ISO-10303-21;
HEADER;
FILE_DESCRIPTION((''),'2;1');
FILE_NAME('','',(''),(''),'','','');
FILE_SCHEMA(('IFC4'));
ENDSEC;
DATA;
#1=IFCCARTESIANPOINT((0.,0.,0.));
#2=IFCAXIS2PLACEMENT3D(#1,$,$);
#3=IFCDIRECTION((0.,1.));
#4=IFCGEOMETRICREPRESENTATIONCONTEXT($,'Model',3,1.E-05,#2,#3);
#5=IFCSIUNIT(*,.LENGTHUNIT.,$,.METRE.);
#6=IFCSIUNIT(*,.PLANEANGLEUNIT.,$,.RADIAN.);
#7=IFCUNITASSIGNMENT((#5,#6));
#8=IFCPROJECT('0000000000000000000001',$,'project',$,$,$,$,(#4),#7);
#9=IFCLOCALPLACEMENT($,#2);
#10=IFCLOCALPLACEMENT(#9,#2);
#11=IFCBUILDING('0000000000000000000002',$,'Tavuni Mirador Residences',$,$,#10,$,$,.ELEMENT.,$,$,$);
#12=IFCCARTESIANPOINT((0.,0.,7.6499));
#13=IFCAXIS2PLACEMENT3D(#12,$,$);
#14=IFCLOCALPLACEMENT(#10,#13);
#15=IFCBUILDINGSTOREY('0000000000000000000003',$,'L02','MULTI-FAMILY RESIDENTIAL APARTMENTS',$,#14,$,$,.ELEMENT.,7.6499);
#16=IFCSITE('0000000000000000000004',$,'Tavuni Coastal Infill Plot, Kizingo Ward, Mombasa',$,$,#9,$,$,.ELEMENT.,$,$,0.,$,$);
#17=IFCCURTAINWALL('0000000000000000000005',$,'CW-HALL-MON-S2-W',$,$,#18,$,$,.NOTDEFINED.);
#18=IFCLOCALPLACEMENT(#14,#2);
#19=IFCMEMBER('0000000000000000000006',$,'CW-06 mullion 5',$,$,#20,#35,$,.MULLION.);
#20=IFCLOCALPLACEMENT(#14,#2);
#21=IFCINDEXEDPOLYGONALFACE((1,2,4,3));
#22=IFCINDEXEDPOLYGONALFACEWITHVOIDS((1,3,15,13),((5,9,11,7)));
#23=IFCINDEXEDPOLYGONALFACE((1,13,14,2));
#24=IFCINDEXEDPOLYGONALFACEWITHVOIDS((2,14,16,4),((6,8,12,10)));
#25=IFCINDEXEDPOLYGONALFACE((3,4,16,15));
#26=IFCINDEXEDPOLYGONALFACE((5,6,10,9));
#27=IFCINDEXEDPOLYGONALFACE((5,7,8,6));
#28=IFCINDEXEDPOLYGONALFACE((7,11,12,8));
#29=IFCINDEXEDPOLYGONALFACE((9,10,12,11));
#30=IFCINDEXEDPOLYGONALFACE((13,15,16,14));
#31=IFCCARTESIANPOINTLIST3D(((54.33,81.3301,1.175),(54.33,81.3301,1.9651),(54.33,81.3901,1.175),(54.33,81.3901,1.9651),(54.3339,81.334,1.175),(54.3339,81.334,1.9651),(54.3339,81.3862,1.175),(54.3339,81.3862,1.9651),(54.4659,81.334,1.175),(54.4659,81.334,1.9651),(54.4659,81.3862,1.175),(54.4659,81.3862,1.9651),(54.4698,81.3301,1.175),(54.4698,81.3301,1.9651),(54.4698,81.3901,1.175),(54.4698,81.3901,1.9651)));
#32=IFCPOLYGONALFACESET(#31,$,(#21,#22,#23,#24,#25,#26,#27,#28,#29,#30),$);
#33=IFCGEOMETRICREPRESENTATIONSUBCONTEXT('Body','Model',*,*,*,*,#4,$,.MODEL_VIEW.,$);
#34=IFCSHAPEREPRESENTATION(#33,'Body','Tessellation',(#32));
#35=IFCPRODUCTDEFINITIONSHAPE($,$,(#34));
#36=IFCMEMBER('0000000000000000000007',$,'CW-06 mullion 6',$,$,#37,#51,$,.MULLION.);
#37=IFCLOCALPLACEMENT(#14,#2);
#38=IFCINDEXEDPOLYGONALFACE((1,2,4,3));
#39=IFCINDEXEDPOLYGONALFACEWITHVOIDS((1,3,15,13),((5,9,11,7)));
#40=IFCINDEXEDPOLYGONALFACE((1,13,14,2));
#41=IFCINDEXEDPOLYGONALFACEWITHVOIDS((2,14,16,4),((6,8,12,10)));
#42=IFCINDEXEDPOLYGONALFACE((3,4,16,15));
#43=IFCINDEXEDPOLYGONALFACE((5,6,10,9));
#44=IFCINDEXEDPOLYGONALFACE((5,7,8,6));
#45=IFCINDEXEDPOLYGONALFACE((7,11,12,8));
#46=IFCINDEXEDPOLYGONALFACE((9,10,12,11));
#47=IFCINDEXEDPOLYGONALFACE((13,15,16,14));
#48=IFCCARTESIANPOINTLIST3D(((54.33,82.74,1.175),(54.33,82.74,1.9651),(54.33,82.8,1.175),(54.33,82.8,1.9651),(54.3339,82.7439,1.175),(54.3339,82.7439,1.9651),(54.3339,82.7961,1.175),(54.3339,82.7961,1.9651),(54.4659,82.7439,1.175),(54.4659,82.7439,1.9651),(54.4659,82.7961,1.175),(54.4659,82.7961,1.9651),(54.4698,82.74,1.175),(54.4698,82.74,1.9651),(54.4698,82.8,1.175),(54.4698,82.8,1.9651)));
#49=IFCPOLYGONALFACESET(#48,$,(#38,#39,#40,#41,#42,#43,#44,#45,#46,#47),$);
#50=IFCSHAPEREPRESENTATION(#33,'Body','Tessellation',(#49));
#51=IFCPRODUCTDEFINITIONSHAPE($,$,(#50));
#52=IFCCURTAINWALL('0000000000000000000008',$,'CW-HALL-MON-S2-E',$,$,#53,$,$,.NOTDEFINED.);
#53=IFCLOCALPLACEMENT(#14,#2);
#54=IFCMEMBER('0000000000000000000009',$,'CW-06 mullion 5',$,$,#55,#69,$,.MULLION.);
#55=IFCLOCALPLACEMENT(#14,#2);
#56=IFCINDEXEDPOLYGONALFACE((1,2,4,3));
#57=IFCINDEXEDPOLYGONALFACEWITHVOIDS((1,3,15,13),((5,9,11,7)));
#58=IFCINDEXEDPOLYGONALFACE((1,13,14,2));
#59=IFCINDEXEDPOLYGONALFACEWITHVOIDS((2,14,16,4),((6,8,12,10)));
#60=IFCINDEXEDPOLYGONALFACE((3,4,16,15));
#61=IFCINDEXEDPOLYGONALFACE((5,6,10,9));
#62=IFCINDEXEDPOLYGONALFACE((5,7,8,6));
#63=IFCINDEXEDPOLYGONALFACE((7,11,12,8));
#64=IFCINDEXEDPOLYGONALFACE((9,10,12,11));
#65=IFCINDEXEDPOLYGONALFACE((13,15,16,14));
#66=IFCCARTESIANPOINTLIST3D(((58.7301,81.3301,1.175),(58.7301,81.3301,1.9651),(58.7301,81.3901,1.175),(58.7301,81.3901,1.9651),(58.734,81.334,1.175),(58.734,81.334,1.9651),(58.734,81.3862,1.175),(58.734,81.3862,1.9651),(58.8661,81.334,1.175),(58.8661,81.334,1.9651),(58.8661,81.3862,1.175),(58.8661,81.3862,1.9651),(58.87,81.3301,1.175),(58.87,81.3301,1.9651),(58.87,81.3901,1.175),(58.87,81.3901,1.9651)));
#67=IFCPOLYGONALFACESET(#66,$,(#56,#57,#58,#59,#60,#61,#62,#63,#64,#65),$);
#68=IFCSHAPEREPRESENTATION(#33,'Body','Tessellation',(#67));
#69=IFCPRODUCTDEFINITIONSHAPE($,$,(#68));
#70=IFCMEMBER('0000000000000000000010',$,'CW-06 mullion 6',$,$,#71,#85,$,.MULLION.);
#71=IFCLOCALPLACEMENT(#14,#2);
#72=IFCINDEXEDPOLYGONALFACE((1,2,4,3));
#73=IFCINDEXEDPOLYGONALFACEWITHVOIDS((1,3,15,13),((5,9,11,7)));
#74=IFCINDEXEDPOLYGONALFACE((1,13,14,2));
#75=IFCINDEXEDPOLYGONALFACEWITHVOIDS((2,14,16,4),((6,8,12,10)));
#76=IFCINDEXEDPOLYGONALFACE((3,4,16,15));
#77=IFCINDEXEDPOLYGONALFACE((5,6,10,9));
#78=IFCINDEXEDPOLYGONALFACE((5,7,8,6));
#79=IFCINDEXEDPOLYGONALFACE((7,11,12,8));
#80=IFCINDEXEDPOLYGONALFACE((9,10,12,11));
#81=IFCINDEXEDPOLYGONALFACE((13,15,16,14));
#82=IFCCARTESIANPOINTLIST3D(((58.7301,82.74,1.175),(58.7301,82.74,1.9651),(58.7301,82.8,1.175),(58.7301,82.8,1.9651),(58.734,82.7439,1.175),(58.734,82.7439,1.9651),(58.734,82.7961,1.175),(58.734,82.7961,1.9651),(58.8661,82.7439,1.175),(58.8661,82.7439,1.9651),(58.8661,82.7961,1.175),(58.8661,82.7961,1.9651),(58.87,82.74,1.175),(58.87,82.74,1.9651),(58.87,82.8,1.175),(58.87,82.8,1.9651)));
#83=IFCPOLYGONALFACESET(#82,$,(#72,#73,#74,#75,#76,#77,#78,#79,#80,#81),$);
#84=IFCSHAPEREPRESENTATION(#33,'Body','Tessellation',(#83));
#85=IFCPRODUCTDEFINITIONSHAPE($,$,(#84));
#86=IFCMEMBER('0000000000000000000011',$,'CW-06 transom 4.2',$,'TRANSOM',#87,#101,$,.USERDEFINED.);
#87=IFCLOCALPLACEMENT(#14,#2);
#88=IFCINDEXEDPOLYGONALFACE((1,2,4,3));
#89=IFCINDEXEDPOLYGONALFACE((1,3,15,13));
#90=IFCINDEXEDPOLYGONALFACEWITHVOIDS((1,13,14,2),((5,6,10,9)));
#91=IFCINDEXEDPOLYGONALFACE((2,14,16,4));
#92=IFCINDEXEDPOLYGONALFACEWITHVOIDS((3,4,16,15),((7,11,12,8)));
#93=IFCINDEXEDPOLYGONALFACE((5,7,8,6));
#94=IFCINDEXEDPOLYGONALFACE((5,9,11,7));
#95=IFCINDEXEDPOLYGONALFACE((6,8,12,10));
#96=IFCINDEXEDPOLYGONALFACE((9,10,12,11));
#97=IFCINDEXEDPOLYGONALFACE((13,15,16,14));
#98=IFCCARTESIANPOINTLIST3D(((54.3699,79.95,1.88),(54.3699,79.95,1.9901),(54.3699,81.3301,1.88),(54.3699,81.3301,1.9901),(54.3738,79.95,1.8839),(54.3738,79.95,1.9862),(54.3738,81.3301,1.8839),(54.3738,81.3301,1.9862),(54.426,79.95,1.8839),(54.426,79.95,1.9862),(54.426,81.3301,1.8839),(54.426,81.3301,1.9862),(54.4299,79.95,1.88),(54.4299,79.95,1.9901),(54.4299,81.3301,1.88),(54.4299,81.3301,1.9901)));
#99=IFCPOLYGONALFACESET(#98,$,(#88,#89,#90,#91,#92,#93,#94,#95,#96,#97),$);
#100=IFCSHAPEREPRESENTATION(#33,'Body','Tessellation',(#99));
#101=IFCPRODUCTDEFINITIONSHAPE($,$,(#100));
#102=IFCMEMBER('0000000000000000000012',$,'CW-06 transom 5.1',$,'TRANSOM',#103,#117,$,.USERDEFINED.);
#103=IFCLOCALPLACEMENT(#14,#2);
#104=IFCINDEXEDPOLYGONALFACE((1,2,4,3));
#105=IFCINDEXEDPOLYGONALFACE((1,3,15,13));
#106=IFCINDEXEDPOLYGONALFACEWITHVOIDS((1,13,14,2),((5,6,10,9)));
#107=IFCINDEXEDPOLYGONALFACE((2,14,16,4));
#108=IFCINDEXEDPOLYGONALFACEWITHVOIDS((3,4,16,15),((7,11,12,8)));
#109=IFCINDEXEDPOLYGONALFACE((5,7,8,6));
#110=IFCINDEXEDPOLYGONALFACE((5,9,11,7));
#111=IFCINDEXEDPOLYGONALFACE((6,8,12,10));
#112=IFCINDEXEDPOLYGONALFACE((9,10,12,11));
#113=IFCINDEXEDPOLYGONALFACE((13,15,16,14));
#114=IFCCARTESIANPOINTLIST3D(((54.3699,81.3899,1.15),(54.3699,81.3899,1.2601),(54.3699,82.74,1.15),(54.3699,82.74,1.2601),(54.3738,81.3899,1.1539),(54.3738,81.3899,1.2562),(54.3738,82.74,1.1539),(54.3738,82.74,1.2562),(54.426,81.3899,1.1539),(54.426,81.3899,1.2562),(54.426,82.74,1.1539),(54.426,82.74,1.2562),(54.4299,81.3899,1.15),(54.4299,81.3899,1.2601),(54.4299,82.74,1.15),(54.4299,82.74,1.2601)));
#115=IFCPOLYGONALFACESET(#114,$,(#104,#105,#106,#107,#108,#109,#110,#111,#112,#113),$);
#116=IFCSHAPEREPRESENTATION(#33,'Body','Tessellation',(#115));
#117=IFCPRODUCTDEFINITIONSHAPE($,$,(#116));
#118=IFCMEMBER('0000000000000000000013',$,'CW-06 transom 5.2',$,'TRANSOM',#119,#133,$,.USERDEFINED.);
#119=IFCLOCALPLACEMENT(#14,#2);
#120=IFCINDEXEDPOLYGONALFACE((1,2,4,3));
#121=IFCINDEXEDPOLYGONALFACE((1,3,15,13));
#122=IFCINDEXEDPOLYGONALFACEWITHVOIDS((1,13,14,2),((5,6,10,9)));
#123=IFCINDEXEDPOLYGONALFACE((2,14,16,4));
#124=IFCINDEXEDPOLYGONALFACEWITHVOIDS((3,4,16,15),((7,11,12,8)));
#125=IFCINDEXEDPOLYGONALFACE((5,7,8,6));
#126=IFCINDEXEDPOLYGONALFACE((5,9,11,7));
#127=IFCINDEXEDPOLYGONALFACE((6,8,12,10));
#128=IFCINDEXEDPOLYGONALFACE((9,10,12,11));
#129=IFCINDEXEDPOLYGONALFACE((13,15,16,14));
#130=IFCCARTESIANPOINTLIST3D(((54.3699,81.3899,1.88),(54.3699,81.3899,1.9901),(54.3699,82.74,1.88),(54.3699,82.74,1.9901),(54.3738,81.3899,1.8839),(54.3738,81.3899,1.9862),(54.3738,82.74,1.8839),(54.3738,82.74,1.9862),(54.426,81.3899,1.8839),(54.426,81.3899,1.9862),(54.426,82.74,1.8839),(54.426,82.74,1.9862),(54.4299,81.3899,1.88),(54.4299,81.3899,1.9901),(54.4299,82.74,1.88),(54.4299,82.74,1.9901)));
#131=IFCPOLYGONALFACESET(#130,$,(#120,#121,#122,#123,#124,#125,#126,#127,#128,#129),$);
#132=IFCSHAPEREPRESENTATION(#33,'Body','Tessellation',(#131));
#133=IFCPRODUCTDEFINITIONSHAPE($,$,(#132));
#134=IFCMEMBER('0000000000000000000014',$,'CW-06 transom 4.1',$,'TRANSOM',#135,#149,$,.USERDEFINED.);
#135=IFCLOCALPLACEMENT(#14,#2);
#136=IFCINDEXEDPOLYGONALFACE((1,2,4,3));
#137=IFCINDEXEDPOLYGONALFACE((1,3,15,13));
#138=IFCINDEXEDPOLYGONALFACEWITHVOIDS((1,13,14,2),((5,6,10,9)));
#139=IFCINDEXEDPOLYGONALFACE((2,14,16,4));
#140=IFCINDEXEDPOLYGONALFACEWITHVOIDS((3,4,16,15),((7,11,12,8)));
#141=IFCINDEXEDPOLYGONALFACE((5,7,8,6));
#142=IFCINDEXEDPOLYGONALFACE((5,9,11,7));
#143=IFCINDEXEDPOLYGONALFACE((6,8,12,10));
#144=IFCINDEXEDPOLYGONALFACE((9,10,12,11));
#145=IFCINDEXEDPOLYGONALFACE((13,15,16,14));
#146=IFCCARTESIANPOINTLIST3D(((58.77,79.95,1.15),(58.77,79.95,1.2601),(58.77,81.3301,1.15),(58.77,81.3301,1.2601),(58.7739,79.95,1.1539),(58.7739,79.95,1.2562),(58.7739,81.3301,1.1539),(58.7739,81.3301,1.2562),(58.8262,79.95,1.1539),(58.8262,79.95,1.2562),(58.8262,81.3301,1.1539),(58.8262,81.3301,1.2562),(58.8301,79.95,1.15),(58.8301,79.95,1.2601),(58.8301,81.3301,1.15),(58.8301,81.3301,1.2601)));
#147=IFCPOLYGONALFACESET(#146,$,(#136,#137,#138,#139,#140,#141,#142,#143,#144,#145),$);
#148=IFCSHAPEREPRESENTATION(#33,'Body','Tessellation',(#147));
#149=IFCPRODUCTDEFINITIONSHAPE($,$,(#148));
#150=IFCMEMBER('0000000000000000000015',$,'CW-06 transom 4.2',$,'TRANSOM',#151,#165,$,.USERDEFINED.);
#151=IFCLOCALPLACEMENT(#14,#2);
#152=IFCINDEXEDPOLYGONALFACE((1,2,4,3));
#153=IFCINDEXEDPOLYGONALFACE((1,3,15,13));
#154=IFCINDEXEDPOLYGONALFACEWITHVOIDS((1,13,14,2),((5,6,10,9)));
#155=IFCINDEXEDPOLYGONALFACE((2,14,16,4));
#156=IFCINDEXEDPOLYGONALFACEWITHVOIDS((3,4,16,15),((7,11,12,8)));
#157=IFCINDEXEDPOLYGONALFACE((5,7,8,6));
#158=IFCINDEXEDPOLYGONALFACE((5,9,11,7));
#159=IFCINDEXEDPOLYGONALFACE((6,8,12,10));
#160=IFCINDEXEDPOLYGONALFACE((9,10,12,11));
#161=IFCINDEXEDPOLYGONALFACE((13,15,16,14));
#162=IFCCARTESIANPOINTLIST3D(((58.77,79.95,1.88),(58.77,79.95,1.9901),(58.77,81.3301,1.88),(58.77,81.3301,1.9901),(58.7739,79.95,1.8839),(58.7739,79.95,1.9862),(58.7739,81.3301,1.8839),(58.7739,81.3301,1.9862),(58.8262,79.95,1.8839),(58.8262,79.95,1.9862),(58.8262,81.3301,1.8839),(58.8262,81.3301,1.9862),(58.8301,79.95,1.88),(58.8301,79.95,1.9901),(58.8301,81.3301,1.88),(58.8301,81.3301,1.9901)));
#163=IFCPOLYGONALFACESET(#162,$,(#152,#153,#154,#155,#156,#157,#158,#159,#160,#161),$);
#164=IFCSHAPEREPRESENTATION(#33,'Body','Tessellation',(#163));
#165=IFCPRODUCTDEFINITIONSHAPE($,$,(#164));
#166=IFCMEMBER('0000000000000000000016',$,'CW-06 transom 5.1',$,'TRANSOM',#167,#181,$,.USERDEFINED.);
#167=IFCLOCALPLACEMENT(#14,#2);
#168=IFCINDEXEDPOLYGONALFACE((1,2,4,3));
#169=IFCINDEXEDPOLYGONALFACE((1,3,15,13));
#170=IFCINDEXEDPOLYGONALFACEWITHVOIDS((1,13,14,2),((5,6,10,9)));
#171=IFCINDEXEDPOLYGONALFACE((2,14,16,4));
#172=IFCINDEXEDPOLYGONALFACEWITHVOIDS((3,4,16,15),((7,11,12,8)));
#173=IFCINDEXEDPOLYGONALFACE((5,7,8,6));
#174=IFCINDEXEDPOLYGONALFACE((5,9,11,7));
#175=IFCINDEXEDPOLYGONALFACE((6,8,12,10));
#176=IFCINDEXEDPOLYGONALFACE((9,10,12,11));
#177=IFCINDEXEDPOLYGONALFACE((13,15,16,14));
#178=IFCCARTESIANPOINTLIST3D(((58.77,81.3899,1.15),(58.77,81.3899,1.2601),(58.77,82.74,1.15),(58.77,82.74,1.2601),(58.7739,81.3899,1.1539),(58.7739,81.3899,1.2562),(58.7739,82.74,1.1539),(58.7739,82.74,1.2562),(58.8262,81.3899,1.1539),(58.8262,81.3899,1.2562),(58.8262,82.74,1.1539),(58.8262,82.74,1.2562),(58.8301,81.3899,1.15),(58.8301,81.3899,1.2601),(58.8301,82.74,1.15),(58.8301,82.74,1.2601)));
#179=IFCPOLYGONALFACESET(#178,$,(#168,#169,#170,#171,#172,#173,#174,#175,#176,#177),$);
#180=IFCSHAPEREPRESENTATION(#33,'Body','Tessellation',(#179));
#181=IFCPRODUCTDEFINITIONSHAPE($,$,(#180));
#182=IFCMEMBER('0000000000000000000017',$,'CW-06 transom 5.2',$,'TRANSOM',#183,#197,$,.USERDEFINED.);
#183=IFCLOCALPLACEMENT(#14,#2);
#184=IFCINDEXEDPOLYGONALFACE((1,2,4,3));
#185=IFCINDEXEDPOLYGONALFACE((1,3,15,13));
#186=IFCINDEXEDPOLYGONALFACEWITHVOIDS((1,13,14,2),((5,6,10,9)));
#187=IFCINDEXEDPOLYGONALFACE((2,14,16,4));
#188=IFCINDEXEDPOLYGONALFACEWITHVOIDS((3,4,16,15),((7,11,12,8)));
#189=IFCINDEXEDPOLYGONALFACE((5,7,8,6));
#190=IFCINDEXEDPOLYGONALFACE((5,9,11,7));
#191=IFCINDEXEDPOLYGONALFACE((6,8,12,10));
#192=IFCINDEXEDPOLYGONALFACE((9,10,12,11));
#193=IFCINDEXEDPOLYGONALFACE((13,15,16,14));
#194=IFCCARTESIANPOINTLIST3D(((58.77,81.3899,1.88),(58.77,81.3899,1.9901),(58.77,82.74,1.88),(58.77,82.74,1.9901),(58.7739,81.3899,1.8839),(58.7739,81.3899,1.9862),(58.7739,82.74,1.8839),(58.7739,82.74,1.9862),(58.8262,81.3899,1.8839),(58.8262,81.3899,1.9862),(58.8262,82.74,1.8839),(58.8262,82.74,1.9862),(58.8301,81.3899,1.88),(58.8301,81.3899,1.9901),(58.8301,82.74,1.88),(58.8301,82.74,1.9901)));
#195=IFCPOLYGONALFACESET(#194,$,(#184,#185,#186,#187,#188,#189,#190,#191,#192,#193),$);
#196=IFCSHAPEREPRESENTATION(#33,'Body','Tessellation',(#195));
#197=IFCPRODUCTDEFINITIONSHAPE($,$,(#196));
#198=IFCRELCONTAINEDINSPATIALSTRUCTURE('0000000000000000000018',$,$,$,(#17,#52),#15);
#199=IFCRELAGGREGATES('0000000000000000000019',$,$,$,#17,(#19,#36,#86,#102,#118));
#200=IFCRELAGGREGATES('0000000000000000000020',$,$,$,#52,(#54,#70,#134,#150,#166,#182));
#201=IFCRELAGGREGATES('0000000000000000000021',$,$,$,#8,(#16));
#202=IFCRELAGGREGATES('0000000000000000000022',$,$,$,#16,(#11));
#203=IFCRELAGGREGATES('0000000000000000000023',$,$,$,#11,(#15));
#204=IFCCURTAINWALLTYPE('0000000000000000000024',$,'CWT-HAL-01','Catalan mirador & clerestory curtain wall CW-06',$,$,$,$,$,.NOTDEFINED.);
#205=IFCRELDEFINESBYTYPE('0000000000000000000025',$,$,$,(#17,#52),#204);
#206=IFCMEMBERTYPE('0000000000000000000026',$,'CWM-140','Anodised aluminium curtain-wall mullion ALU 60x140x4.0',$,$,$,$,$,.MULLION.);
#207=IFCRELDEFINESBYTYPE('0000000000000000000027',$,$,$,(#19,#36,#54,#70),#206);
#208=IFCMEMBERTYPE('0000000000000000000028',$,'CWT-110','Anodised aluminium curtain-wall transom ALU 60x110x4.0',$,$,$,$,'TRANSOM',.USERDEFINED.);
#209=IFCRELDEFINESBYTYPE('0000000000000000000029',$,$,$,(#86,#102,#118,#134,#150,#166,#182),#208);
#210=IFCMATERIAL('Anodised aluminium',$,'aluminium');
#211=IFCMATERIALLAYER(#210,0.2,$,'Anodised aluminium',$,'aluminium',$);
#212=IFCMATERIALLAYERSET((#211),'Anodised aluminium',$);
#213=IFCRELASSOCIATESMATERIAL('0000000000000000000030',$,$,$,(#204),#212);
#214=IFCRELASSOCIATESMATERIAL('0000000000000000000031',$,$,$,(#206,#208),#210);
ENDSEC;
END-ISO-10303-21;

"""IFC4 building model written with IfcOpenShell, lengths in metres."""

from ifc_helpers import new_model, si_unit, direction, frame, origin, origin_2d, place, context, subcontext, project, spatial, hollow_rectangle, extrude, material, layer, layer_set, material_profile, profile_set, type_object, element, aggregate, save


model = new_model("IFC4")

# Units and contexts
model_context = context("Model", 3, precision=1e-05, world=origin(), true_north=direction((0.0, 1.0)))
body_context = subcontext(model_context, "Body", "Model", "MODEL_VIEW")
ifc_project = project(units=[si_unit("LENGTHUNIT", "METRE"), si_unit("PLANEANGLEUNIT", "RADIAN")], contexts=[model_context])

# Site, building, storey
site_placement = place(None, origin())
site = spatial("IfcSite", under=ifc_project, at=site_placement, Name="Tavuni Coastal Infill Plot, Kizingo Ward, Mombasa", CompositionType="ELEMENT", RefElevation=0.0)
building_placement = place(site_placement, origin())
building = spatial("IfcBuilding", under=site, at=building_placement, Name="Tavuni Mirador Residences", CompositionType="ELEMENT")
storey_placement = place(building_placement, frame((0.0, 0.0, 7.6499)))
storey = spatial("IfcBuildingStorey", under=building, at=storey_placement, Name="L02", Description="MULTI-FAMILY RESIDENTIAL APARTMENTS", CompositionType="ELEMENT", Elevation=7.6499)

# Curtain walls, members
ifc_material_1 = material(Name="Anodised aluminium", Category="aluminium")
ifc_layer_1 = layer(ifc_material_1, 0.2, Name="Anodised aluminium", Category="aluminium")
ifc_layer_set_1 = layer_set([ifc_layer_1], Name="Anodised aluminium")
curtain_wall_type = type_object("IfcCurtainWallType", Name="CWT-HAL-01", Description="Catalan mirador & clerestory curtain wall CW-06", PredefinedType="NOTDEFINED", material=ifc_layer_set_1)
curtain_wall_1_placement = place(storey_placement, origin())
curtain_wall_1 = element("IfcCurtainWall", 1, at=curtain_wall_1_placement, inside=storey, type_object=curtain_wall_type, Name="CW-HALL-MON-S2-W", PredefinedType="NOTDEFINED")
ifc_material_profile_1 = material_profile(ifc_material_1, hollow_rectangle(XDim=0.0601, YDim=0.1399, WallThickness=0.0039, at=origin_2d()), Name="ALU 60x140x4.0", Category="aluminium")
ifc_profile_set_1 = profile_set([ifc_material_profile_1], Name="Anodised aluminium")
member_type_1 = type_object("IfcMemberType", Name="CWM-140", Description="Anodised aluminium curtain-wall mullion ALU 60x140x4.0", PredefinedType="MULLION", material=ifc_profile_set_1)
member_1_placement = place(storey_placement, frame((54.3999, 81.3601, 1.175), z_axis=(0.0, 0.0, 1.0), x_axis=(0.0, 1.0, 0.0)))
member_1 = element("IfcMember", 2, at=member_1_placement, type_object=member_type_1, Name="CW-06 mullion 5", PredefinedType="MULLION", context=body_context, shape_type="SweptSolid", body=[
    extrude(hollow_rectangle(XDim=0.0601, YDim=0.1399, WallThickness=0.0039, at=origin_2d()), origin(), (0.0, 0.0, 1.0), 0.79),
])
member_2_placement = place(storey_placement, frame((54.3999, 82.77, 1.175), z_axis=(0.0, 0.0, 1.0), x_axis=(0.0, 1.0, 0.0)))
member_2 = element("IfcMember", 3, at=member_2_placement, type_object=member_type_1, Name="CW-06 mullion 6", PredefinedType="MULLION", context=body_context, shape_type="SweptSolid", body=[
    extrude(hollow_rectangle(XDim=0.0601, YDim=0.1399, WallThickness=0.0039, at=origin_2d()), origin(), (0.0, 0.0, 1.0), 0.79),
])
curtain_wall_2_placement = place(storey_placement, origin())
curtain_wall_2 = element("IfcCurtainWall", 4, at=curtain_wall_2_placement, inside=storey, type_object=curtain_wall_type, Name="CW-HALL-MON-S2-E", PredefinedType="NOTDEFINED")
member_3_placement = place(storey_placement, frame((58.8, 81.3601, 1.175), z_axis=(0.0, 0.0, 1.0), x_axis=(0.0, 1.0, 0.0)))
member_3 = element("IfcMember", 5, at=member_3_placement, type_object=member_type_1, Name="CW-06 mullion 5", PredefinedType="MULLION", context=body_context, shape_type="SweptSolid", body=[
    extrude(hollow_rectangle(XDim=0.0601, YDim=0.1399, WallThickness=0.0039, at=origin_2d()), origin(), (0.0, 0.0, 1.0), 0.79),
])
member_4_placement = place(storey_placement, frame((58.8, 82.77, 1.175), z_axis=(0.0, 0.0, 1.0), x_axis=(0.0, 1.0, 0.0)))
member_4 = element("IfcMember", 6, at=member_4_placement, type_object=member_type_1, Name="CW-06 mullion 6", PredefinedType="MULLION", context=body_context, shape_type="SweptSolid", body=[
    extrude(hollow_rectangle(XDim=0.0601, YDim=0.1399, WallThickness=0.0039, at=origin_2d()), origin(), (0.0, 0.0, 1.0), 0.79),
])

# Members
ifc_material_profile_2 = material_profile(ifc_material_1, hollow_rectangle(XDim=0.0601, YDim=0.1101, WallThickness=0.0039, at=origin_2d()), Name="ALU 60x110x4.0", Category="aluminium")
ifc_profile_set_2 = profile_set([ifc_material_profile_2], Name="Anodised aluminium")
member_type_2 = type_object("IfcMemberType", Name="CWT-110", Description="Anodised aluminium curtain-wall transom ALU 60x110x4.0", ElementType="TRANSOM", PredefinedType="USERDEFINED", material=ifc_profile_set_2)
member_5_placement = place(storey_placement, frame((54.3999, 79.95, 1.9351), z_axis=(0.0, 1.0, 0.0), x_axis=(-1.0, 0.0, 0.0)))
member_5 = element("IfcMember", 7, at=member_5_placement, type_object=member_type_2, Name="CW-06 transom 4.2", ObjectType="TRANSOM", PredefinedType="USERDEFINED", context=body_context, shape_type="SweptSolid", body=[
    extrude(hollow_rectangle(XDim=0.0601, YDim=0.1101, WallThickness=0.0039, at=origin_2d()), origin(), (0.0, 0.0, 1.0), 1.3801),
])
member_6_placement = place(storey_placement, frame((54.3999, 81.3899, 1.2051), z_axis=(0.0, 1.0, 0.0), x_axis=(-1.0, 0.0, 0.0)))
member_6 = element("IfcMember", 8, at=member_6_placement, type_object=member_type_2, Name="CW-06 transom 5.1", ObjectType="TRANSOM", PredefinedType="USERDEFINED", context=body_context, shape_type="SweptSolid", body=[
    extrude(hollow_rectangle(XDim=0.0601, YDim=0.1101, WallThickness=0.0039, at=origin_2d()), origin(), (0.0, 0.0, 1.0), 1.3501),
])
member_7_placement = place(storey_placement, frame((54.3999, 81.3899, 1.9351), z_axis=(0.0, 1.0, 0.0), x_axis=(-1.0, 0.0, 0.0)))
member_7 = element("IfcMember", 9, at=member_7_placement, type_object=member_type_2, Name="CW-06 transom 5.2", ObjectType="TRANSOM", PredefinedType="USERDEFINED", context=body_context, shape_type="SweptSolid", body=[
    extrude(hollow_rectangle(XDim=0.0601, YDim=0.1101, WallThickness=0.0039, at=origin_2d()), origin(), (0.0, 0.0, 1.0), 1.3501),
])
member_8_placement = place(storey_placement, frame((58.8, 79.95, 1.2051), z_axis=(0.0, 1.0, 0.0), x_axis=(-1.0, 0.0, 0.0)))
member_8 = element("IfcMember", 10, at=member_8_placement, type_object=member_type_2, Name="CW-06 transom 4.1", ObjectType="TRANSOM", PredefinedType="USERDEFINED", context=body_context, shape_type="SweptSolid", body=[
    extrude(hollow_rectangle(XDim=0.0601, YDim=0.1101, WallThickness=0.0039, at=origin_2d()), origin(), (0.0, 0.0, 1.0), 1.3801),
])
member_9_placement = place(storey_placement, frame((58.8, 79.95, 1.9351), z_axis=(0.0, 1.0, 0.0), x_axis=(-1.0, 0.0, 0.0)))
member_9 = element("IfcMember", 11, at=member_9_placement, type_object=member_type_2, Name="CW-06 transom 4.2", ObjectType="TRANSOM", PredefinedType="USERDEFINED", context=body_context, shape_type="SweptSolid", body=[
    extrude(hollow_rectangle(XDim=0.0601, YDim=0.1101, WallThickness=0.0039, at=origin_2d()), origin(), (0.0, 0.0, 1.0), 1.3801),
])
member_10_placement = place(storey_placement, frame((58.8, 81.3899, 1.2051), z_axis=(0.0, 1.0, 0.0), x_axis=(-1.0, 0.0, 0.0)))
member_10 = element("IfcMember", 12, at=member_10_placement, type_object=member_type_2, Name="CW-06 transom 5.1", ObjectType="TRANSOM", PredefinedType="USERDEFINED", context=body_context, shape_type="SweptSolid", body=[
    extrude(hollow_rectangle(XDim=0.0601, YDim=0.1101, WallThickness=0.0039, at=origin_2d()), origin(), (0.0, 0.0, 1.0), 1.3501),
])
member_11_placement = place(storey_placement, frame((58.8, 81.3899, 1.9351), z_axis=(0.0, 1.0, 0.0), x_axis=(-1.0, 0.0, 0.0)))
member_11 = element("IfcMember", 13, at=member_11_placement, type_object=member_type_2, Name="CW-06 transom 5.2", ObjectType="TRANSOM", PredefinedType="USERDEFINED", context=body_context, shape_type="SweptSolid", body=[
    extrude(hollow_rectangle(XDim=0.0601, YDim=0.1101, WallThickness=0.0039, at=origin_2d()), origin(), (0.0, 0.0, 1.0), 1.3501),
])

aggregate(curtain_wall_1, [member_1, member_2, member_5, member_6, member_7])
aggregate(curtain_wall_2, [member_3, member_4, member_8, member_9, member_10, member_11])

save(model, "model.ifc")
